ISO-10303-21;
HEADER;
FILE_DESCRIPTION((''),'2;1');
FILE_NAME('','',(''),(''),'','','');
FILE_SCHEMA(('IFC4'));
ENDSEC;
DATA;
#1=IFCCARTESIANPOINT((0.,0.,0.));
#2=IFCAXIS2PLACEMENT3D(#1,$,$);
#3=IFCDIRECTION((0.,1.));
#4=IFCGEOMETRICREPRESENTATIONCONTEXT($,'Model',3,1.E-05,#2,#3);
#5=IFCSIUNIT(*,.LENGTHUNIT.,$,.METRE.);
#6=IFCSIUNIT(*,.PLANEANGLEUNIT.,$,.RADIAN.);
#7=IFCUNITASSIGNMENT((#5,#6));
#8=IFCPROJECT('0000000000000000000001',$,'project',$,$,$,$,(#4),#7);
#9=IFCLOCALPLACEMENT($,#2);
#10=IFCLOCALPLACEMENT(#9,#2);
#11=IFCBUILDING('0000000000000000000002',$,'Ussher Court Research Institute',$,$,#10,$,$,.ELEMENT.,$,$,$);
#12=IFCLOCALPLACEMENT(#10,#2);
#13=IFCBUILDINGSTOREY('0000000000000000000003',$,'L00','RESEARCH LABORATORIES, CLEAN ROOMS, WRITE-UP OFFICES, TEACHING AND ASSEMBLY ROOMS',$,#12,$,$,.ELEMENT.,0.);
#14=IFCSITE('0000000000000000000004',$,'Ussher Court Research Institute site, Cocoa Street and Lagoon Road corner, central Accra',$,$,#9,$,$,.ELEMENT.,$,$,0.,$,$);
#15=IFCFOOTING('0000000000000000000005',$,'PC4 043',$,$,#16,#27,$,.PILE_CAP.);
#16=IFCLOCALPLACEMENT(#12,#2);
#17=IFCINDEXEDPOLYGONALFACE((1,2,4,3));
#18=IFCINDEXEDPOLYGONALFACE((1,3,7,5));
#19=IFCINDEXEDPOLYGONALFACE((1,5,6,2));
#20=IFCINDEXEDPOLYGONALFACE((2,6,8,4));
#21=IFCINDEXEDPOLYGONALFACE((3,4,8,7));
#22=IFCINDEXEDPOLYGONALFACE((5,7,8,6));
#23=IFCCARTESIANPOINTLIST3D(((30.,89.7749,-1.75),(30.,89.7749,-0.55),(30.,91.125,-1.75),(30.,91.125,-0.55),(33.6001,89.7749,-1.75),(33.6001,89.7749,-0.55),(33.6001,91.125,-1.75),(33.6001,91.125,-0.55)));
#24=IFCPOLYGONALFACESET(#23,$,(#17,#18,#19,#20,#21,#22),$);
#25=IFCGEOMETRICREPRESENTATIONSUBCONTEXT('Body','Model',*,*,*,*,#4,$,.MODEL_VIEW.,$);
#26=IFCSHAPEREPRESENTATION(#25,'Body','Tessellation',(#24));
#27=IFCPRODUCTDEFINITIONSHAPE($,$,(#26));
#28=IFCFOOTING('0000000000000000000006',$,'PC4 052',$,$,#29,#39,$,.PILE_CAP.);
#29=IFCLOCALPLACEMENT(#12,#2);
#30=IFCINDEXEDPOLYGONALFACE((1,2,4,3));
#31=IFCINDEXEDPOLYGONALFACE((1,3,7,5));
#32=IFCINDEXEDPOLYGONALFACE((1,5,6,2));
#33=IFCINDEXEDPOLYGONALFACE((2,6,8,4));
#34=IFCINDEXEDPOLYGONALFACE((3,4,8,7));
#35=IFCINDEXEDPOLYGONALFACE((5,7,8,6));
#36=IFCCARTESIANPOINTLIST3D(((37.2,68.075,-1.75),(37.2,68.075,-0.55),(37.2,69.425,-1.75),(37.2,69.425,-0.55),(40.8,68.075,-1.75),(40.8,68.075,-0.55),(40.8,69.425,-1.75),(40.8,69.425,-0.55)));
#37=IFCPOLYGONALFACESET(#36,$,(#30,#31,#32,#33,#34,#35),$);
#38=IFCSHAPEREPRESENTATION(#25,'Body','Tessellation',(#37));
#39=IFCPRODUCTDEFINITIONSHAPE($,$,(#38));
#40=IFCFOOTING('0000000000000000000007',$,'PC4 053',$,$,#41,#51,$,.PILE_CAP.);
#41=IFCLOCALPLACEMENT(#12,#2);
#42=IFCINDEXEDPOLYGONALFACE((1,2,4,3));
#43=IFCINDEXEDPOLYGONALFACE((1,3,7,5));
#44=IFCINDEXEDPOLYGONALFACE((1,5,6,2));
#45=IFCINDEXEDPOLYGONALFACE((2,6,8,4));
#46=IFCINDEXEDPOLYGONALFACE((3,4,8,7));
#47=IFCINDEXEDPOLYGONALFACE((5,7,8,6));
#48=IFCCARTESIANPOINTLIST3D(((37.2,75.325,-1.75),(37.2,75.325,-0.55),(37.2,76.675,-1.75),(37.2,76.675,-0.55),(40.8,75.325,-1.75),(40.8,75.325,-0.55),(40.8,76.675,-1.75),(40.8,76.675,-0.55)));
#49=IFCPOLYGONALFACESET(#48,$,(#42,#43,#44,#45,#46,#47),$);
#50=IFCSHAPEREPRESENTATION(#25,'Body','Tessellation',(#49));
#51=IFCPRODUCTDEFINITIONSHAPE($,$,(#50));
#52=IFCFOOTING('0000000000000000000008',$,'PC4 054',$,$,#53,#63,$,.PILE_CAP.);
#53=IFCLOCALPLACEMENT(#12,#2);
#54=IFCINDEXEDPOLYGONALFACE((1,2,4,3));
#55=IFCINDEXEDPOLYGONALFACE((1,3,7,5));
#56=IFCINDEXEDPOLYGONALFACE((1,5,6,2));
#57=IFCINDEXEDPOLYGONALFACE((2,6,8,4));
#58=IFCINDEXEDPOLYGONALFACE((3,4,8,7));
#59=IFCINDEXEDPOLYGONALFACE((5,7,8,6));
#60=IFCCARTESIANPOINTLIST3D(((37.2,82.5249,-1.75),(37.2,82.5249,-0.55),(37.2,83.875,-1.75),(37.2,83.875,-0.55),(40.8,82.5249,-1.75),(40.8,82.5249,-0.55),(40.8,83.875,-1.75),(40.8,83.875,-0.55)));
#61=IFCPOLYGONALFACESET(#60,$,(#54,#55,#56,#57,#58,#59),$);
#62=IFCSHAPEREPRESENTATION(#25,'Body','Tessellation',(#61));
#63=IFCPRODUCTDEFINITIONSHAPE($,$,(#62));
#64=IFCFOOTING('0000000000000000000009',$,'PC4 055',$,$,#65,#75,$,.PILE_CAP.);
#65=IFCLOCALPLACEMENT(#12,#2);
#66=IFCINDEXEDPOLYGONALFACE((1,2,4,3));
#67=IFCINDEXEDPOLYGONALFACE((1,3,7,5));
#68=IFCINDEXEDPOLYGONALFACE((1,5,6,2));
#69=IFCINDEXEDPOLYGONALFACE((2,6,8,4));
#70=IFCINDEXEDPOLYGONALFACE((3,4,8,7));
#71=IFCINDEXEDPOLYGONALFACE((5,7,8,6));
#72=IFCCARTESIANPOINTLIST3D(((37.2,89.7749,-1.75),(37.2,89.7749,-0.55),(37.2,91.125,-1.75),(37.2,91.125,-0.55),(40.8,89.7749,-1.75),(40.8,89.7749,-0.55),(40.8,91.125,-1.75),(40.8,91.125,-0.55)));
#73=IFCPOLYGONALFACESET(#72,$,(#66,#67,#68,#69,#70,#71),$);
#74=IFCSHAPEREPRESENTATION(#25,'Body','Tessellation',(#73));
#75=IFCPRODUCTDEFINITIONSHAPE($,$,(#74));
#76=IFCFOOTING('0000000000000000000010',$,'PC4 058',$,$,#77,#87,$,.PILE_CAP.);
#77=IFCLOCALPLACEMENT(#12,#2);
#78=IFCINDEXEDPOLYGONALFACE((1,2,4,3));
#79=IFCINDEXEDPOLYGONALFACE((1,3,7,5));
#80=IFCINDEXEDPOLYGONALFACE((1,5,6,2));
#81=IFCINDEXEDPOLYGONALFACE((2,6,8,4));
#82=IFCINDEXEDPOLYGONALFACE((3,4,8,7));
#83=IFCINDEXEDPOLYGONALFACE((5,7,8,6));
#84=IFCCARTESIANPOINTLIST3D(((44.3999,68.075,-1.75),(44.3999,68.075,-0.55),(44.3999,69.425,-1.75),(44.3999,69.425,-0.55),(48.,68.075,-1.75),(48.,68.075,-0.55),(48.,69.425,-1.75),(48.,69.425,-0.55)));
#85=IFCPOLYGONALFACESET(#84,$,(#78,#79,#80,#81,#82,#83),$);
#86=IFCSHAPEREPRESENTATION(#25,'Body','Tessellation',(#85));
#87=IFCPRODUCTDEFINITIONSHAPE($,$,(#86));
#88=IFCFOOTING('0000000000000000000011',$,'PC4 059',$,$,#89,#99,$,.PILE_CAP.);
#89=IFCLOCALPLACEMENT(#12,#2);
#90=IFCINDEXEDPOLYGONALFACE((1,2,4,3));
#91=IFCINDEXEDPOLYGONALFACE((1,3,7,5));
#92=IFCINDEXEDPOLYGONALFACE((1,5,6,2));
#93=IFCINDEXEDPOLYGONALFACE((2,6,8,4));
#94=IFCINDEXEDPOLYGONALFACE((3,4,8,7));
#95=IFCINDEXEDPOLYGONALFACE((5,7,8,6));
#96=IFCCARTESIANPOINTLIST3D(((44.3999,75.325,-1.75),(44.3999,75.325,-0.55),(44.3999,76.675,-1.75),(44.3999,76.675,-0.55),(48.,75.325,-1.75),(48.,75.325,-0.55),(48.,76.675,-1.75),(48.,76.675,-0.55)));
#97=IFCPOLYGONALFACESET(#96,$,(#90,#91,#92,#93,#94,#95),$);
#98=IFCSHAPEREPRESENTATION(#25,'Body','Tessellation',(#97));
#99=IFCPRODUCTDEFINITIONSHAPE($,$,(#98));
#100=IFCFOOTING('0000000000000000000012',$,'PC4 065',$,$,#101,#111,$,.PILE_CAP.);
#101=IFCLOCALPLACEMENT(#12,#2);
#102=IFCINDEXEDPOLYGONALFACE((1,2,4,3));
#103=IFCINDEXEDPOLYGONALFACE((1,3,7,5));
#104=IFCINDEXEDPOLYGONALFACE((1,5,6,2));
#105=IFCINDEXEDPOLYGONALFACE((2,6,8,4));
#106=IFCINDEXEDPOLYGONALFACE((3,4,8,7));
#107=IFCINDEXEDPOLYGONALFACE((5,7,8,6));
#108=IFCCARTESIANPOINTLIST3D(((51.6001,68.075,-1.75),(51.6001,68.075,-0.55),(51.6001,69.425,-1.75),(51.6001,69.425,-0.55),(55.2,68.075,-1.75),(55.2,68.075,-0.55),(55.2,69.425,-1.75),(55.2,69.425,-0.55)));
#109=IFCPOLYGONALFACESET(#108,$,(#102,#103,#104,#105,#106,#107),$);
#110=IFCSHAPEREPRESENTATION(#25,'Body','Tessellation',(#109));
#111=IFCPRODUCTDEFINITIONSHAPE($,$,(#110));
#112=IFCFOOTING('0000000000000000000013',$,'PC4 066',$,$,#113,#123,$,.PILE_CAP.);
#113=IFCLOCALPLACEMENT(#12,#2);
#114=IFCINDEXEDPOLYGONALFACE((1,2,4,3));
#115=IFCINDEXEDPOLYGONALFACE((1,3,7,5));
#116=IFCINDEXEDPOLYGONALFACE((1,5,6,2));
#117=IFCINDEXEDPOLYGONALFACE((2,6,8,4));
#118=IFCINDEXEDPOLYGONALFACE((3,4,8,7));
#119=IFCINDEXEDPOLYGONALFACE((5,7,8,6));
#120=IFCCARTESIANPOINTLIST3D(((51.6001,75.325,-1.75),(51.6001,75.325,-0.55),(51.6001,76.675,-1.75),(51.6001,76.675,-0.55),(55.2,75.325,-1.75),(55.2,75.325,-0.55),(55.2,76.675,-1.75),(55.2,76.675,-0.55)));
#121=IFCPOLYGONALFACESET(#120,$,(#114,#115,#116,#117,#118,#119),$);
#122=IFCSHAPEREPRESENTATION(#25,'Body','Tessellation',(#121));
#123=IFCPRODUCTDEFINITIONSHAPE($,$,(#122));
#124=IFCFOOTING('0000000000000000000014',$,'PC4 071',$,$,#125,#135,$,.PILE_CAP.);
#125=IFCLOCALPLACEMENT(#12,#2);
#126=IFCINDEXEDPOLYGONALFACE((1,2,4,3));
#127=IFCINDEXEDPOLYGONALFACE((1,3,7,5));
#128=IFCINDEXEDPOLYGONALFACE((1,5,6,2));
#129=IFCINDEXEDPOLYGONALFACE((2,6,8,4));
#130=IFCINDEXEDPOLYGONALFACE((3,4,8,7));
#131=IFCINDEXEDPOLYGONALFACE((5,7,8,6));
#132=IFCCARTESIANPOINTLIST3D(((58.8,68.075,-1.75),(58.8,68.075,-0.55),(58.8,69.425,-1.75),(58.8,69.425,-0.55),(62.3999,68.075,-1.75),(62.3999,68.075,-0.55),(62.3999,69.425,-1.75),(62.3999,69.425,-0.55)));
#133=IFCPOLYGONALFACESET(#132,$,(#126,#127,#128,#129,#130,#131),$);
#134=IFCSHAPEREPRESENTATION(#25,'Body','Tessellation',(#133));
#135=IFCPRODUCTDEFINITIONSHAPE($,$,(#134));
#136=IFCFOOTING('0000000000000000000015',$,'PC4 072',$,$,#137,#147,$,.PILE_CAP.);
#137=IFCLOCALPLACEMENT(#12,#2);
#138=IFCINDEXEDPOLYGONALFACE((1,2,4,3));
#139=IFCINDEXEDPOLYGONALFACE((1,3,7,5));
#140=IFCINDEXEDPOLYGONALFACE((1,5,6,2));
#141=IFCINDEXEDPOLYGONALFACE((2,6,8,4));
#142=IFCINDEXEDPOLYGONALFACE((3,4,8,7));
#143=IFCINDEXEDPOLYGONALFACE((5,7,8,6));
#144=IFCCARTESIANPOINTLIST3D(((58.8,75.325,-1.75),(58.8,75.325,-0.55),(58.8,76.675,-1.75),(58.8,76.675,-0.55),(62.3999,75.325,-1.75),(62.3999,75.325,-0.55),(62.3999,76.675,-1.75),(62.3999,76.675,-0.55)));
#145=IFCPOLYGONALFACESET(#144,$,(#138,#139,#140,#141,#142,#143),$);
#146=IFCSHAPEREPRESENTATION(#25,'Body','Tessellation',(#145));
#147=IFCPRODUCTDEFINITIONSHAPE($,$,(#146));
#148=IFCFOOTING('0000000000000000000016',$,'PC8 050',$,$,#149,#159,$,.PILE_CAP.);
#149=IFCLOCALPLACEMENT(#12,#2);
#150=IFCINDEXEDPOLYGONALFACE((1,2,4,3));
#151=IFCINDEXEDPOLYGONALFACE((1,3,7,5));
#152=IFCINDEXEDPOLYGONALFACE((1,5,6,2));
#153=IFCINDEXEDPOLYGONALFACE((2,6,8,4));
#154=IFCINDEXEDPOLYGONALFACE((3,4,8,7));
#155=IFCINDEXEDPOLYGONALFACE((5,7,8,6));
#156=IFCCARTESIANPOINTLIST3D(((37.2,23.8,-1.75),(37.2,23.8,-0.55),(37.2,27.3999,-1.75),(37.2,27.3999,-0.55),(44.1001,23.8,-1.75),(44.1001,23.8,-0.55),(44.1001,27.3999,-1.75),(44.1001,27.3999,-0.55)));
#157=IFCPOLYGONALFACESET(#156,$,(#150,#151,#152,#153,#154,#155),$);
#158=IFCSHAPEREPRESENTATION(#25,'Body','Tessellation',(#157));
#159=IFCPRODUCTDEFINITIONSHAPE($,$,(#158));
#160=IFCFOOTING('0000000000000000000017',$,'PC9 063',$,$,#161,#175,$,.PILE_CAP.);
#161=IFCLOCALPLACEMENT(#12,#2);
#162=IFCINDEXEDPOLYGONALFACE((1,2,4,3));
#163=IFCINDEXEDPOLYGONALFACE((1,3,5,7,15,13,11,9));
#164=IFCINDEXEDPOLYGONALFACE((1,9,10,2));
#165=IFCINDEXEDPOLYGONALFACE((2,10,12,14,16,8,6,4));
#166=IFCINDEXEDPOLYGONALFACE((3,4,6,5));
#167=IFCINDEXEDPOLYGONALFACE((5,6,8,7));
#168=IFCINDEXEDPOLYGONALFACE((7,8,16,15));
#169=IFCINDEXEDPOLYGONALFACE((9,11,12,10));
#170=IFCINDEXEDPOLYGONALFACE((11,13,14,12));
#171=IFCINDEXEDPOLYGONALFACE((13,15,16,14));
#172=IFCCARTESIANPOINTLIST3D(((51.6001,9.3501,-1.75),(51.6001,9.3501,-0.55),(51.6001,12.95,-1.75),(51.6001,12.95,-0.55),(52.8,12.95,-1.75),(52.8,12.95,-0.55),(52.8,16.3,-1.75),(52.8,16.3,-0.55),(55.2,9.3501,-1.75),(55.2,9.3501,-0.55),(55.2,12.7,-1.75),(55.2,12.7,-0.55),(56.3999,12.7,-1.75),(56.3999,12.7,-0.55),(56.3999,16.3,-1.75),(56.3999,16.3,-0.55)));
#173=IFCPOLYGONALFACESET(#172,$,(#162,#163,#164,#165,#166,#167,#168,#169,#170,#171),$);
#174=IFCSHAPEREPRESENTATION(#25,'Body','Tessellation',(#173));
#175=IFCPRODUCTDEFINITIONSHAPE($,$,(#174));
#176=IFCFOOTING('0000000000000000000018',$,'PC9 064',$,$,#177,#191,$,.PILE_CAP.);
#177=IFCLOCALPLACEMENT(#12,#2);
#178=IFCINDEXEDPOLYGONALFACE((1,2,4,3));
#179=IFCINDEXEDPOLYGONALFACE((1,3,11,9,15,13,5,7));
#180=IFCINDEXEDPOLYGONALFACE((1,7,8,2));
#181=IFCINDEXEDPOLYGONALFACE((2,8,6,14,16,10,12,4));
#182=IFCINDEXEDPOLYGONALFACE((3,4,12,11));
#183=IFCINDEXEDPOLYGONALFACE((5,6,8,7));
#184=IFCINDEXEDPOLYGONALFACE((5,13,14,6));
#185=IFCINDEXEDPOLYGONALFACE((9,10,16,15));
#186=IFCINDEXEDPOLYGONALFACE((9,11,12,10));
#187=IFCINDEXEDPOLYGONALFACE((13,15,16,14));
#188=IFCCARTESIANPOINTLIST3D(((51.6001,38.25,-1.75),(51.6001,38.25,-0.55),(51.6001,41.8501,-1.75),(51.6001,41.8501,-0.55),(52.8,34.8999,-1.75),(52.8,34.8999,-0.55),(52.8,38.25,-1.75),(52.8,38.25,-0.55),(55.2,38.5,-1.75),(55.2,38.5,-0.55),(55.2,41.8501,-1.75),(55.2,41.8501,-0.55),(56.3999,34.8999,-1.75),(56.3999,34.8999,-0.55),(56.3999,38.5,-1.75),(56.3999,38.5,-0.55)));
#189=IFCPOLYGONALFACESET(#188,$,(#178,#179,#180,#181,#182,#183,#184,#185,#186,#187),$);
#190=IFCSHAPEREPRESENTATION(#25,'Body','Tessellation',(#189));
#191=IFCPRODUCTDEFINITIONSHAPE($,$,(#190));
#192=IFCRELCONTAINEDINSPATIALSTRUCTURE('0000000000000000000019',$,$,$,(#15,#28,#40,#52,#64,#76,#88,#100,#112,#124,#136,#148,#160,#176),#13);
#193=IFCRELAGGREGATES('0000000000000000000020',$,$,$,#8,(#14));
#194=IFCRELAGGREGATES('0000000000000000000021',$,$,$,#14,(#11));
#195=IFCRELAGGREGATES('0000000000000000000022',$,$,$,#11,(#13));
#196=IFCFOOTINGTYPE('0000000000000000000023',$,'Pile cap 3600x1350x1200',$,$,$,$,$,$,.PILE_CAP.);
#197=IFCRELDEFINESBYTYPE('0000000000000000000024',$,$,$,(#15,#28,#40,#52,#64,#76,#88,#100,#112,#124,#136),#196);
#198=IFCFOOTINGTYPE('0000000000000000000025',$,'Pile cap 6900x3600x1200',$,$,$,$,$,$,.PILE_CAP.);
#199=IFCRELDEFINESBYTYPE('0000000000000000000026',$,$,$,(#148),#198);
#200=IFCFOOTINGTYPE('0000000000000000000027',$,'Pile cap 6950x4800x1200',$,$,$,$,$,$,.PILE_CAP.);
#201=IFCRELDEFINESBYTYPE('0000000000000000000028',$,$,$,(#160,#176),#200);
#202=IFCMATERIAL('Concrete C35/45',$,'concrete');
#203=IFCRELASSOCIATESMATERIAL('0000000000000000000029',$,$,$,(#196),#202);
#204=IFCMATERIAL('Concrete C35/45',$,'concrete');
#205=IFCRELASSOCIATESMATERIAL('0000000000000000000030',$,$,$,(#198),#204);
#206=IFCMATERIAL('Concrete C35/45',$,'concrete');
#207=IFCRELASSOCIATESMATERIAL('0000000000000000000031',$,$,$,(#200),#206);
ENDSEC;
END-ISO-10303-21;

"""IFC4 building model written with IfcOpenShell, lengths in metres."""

from ifc_helpers import new_model, si_unit, direction, frame, origin, place, context, subcontext, project, spatial, polyline, outline, extrude, material, type_object, element, save


model = new_model("IFC4")

# Units and contexts
model_context = context("Model", 3, precision=1e-05, world=origin(), true_north=direction((0.0, 1.0)))
body_context = subcontext(model_context, "Body", "Model", "MODEL_VIEW")
ifc_project = project(units=[si_unit("LENGTHUNIT", "METRE"), si_unit("PLANEANGLEUNIT", "RADIAN")], contexts=[model_context])

# Site, building, storey
site_placement = place(None, origin())
site = spatial("IfcSite", under=ifc_project, at=site_placement, Name="Ussher Court Research Institute site, Cocoa Street and Lagoon Road corner, central Accra", CompositionType="ELEMENT", RefElevation=0.0)
building_placement = place(site_placement, origin())
building = spatial("IfcBuilding", under=site, at=building_placement, Name="Ussher Court Research Institute", CompositionType="ELEMENT")
storey_placement = place(building_placement, origin())
storey = spatial("IfcBuildingStorey", under=building, at=storey_placement, Name="L00", Description="RESEARCH LABORATORIES, CLEAN ROOMS, WRITE-UP OFFICES, TEACHING AND ASSEMBLY ROOMS", CompositionType="ELEMENT", Elevation=0.0)

# Footings
ifc_material_1 = material(Name="Concrete C35/45", Category="concrete")
footing_type_1 = type_object("IfcFootingType", Name="Pile cap 3600x1350x1200", PredefinedType="PILE_CAP", material=ifc_material_1)
footing_1_placement = place(storey_placement, frame((0.0, 0.0, -1.75)))
element("IfcFooting", 1, at=footing_1_placement, inside=storey, type_object=footing_type_1, Name="PC4 043", PredefinedType="PILE_CAP", context=body_context, shape_type="SweptSolid", body=[
    extrude(outline(polyline([(30.0, 89.7749), (33.6001, 89.7749), (33.6001, 91.125), (30.0, 91.125), (30.0, 89.7749)])), origin(), (0.0, 0.0, 1.0), 1.2),
])
footing_2_placement = place(storey_placement, frame((0.0, 0.0, -1.75)))
element("IfcFooting", 2, at=footing_2_placement, inside=storey, type_object=footing_type_1, Name="PC4 052", PredefinedType="PILE_CAP", context=body_context, shape_type="SweptSolid", body=[
    extrude(outline(polyline([(37.2, 68.075), (40.8, 68.075), (40.8, 69.425), (37.2, 69.425), (37.2, 68.075)])), origin(), (0.0, 0.0, 1.0), 1.2),
])
footing_3_placement = place(storey_placement, frame((0.0, 0.0, -1.75)))
element("IfcFooting", 3, at=footing_3_placement, inside=storey, type_object=footing_type_1, Name="PC4 053", PredefinedType="PILE_CAP", context=body_context, shape_type="SweptSolid", body=[
    extrude(outline(polyline([(37.2, 75.325), (40.8, 75.325), (40.8, 76.675), (37.2, 76.675), (37.2, 75.325)])), origin(), (0.0, 0.0, 1.0), 1.2),
])
footing_4_placement = place(storey_placement, frame((0.0, 0.0, -1.75)))
element("IfcFooting", 4, at=footing_4_placement, inside=storey, type_object=footing_type_1, Name="PC4 054", PredefinedType="PILE_CAP", context=body_context, shape_type="SweptSolid", body=[
    extrude(outline(polyline([(37.2, 82.5249), (40.8, 82.5249), (40.8, 83.875), (37.2, 83.875), (37.2, 82.5249)])), origin(), (0.0, 0.0, 1.0), 1.2),
])
footing_5_placement = place(storey_placement, frame((0.0, 0.0, -1.75)))
element("IfcFooting", 5, at=footing_5_placement, inside=storey, type_object=footing_type_1, Name="PC4 055", PredefinedType="PILE_CAP", context=body_context, shape_type="SweptSolid", body=[
    extrude(outline(polyline([(37.2, 89.7749), (40.8, 89.7749), (40.8, 91.125), (37.2, 91.125), (37.2, 89.7749)])), origin(), (0.0, 0.0, 1.0), 1.2),
])
footing_6_placement = place(storey_placement, frame((0.0, 0.0, -1.75)))
element("IfcFooting", 6, at=footing_6_placement, inside=storey, type_object=footing_type_1, Name="PC4 058", PredefinedType="PILE_CAP", context=body_context, shape_type="SweptSolid", body=[
    extrude(outline(polyline([(44.3999, 68.075), (48.0, 68.075), (48.0, 69.425), (44.3999, 69.425), (44.3999, 68.075)])), origin(), (0.0, 0.0, 1.0), 1.2),
])
footing_7_placement = place(storey_placement, frame((0.0, 0.0, -1.75)))
element("IfcFooting", 7, at=footing_7_placement, inside=storey, type_object=footing_type_1, Name="PC4 059", PredefinedType="PILE_CAP", context=body_context, shape_type="SweptSolid", body=[
    extrude(outline(polyline([(44.3999, 75.325), (48.0, 75.325), (48.0, 76.675), (44.3999, 76.675), (44.3999, 75.325)])), origin(), (0.0, 0.0, 1.0), 1.2),
])
footing_8_placement = place(storey_placement, frame((0.0, 0.0, -1.75)))
element("IfcFooting", 8, at=footing_8_placement, inside=storey, type_object=footing_type_1, Name="PC4 065", PredefinedType="PILE_CAP", context=body_context, shape_type="SweptSolid", body=[
    extrude(outline(polyline([(51.6001, 68.075), (55.2, 68.075), (55.2, 69.425), (51.6001, 69.425), (51.6001, 68.075)])), origin(), (0.0, 0.0, 1.0), 1.2),
])
footing_9_placement = place(storey_placement, frame((0.0, 0.0, -1.75)))
element("IfcFooting", 9, at=footing_9_placement, inside=storey, type_object=footing_type_1, Name="PC4 066", PredefinedType="PILE_CAP", context=body_context, shape_type="SweptSolid", body=[
    extrude(outline(polyline([(51.6001, 75.325), (55.2, 75.325), (55.2, 76.675), (51.6001, 76.675), (51.6001, 75.325)])), origin(), (0.0, 0.0, 1.0), 1.2),
])
footing_10_placement = place(storey_placement, frame((0.0, 0.0, -1.75)))
element("IfcFooting", 10, at=footing_10_placement, inside=storey, type_object=footing_type_1, Name="PC4 071", PredefinedType="PILE_CAP", context=body_context, shape_type="SweptSolid", body=[
    extrude(outline(polyline([(58.8, 68.075), (62.3999, 68.075), (62.3999, 69.425), (58.8, 69.425), (58.8, 68.075)])), origin(), (0.0, 0.0, 1.0), 1.2),
])
footing_11_placement = place(storey_placement, frame((0.0, 0.0, -1.75)))
element("IfcFooting", 11, at=footing_11_placement, inside=storey, type_object=footing_type_1, Name="PC4 072", PredefinedType="PILE_CAP", context=body_context, shape_type="SweptSolid", body=[
    extrude(outline(polyline([(58.8, 75.325), (62.3999, 75.325), (62.3999, 76.675), (58.8, 76.675), (58.8, 75.325)])), origin(), (0.0, 0.0, 1.0), 1.2),
])
ifc_material_2 = material(Name="Concrete C35/45", Category="concrete")
footing_type_2 = type_object("IfcFootingType", Name="Pile cap 6900x3600x1200", PredefinedType="PILE_CAP", material=ifc_material_2)
footing_12_placement = place(storey_placement, frame((0.0, 0.0, -1.75)))
element("IfcFooting", 12, at=footing_12_placement, inside=storey, type_object=footing_type_2, Name="PC8 050", PredefinedType="PILE_CAP", context=body_context, shape_type="SweptSolid", body=[
    extrude(outline(polyline([(44.1001, 23.8), (44.1001, 27.3999), (37.2, 27.3999), (37.2, 23.8), (44.1001, 23.8)])), origin(), (0.0, 0.0, 1.0), 1.2),
])
ifc_material_3 = material(Name="Concrete C35/45", Category="concrete")
footing_type_3 = type_object("IfcFootingType", Name="Pile cap 6950x4800x1200", PredefinedType="PILE_CAP", material=ifc_material_3)
footing_13_placement = place(storey_placement, frame((0.0, 0.0, -1.75)))
element("IfcFooting", 13, at=footing_13_placement, inside=storey, type_object=footing_type_3, Name="PC9 063", PredefinedType="PILE_CAP", context=body_context, shape_type="SweptSolid", body=[
    extrude(outline(polyline([(51.6001, 9.3501), (55.2, 9.3501), (55.2, 12.7), (56.3999, 12.7), (56.3999, 16.3), (52.8, 16.3), (52.8, 12.95), (51.6001, 12.95), (51.6001, 9.3501)])), origin(), (0.0, 0.0, 1.0), 1.2),
])
footing_14_placement = place(storey_placement, frame((0.0, 0.0, -1.75)))
element("IfcFooting", 14, at=footing_14_placement, inside=storey, type_object=footing_type_3, Name="PC9 064", PredefinedType="PILE_CAP", context=body_context, shape_type="SweptSolid", body=[
    extrude(outline(polyline([(56.3999, 34.8999), (56.3999, 38.5), (55.2, 38.5), (55.2, 41.8501), (51.6001, 41.8501), (51.6001, 38.25), (52.8, 38.25), (52.8, 34.8999), (56.3999, 34.8999)])), origin(), (0.0, 0.0, 1.0), 1.2),
])

save(model, "model.ifc")
